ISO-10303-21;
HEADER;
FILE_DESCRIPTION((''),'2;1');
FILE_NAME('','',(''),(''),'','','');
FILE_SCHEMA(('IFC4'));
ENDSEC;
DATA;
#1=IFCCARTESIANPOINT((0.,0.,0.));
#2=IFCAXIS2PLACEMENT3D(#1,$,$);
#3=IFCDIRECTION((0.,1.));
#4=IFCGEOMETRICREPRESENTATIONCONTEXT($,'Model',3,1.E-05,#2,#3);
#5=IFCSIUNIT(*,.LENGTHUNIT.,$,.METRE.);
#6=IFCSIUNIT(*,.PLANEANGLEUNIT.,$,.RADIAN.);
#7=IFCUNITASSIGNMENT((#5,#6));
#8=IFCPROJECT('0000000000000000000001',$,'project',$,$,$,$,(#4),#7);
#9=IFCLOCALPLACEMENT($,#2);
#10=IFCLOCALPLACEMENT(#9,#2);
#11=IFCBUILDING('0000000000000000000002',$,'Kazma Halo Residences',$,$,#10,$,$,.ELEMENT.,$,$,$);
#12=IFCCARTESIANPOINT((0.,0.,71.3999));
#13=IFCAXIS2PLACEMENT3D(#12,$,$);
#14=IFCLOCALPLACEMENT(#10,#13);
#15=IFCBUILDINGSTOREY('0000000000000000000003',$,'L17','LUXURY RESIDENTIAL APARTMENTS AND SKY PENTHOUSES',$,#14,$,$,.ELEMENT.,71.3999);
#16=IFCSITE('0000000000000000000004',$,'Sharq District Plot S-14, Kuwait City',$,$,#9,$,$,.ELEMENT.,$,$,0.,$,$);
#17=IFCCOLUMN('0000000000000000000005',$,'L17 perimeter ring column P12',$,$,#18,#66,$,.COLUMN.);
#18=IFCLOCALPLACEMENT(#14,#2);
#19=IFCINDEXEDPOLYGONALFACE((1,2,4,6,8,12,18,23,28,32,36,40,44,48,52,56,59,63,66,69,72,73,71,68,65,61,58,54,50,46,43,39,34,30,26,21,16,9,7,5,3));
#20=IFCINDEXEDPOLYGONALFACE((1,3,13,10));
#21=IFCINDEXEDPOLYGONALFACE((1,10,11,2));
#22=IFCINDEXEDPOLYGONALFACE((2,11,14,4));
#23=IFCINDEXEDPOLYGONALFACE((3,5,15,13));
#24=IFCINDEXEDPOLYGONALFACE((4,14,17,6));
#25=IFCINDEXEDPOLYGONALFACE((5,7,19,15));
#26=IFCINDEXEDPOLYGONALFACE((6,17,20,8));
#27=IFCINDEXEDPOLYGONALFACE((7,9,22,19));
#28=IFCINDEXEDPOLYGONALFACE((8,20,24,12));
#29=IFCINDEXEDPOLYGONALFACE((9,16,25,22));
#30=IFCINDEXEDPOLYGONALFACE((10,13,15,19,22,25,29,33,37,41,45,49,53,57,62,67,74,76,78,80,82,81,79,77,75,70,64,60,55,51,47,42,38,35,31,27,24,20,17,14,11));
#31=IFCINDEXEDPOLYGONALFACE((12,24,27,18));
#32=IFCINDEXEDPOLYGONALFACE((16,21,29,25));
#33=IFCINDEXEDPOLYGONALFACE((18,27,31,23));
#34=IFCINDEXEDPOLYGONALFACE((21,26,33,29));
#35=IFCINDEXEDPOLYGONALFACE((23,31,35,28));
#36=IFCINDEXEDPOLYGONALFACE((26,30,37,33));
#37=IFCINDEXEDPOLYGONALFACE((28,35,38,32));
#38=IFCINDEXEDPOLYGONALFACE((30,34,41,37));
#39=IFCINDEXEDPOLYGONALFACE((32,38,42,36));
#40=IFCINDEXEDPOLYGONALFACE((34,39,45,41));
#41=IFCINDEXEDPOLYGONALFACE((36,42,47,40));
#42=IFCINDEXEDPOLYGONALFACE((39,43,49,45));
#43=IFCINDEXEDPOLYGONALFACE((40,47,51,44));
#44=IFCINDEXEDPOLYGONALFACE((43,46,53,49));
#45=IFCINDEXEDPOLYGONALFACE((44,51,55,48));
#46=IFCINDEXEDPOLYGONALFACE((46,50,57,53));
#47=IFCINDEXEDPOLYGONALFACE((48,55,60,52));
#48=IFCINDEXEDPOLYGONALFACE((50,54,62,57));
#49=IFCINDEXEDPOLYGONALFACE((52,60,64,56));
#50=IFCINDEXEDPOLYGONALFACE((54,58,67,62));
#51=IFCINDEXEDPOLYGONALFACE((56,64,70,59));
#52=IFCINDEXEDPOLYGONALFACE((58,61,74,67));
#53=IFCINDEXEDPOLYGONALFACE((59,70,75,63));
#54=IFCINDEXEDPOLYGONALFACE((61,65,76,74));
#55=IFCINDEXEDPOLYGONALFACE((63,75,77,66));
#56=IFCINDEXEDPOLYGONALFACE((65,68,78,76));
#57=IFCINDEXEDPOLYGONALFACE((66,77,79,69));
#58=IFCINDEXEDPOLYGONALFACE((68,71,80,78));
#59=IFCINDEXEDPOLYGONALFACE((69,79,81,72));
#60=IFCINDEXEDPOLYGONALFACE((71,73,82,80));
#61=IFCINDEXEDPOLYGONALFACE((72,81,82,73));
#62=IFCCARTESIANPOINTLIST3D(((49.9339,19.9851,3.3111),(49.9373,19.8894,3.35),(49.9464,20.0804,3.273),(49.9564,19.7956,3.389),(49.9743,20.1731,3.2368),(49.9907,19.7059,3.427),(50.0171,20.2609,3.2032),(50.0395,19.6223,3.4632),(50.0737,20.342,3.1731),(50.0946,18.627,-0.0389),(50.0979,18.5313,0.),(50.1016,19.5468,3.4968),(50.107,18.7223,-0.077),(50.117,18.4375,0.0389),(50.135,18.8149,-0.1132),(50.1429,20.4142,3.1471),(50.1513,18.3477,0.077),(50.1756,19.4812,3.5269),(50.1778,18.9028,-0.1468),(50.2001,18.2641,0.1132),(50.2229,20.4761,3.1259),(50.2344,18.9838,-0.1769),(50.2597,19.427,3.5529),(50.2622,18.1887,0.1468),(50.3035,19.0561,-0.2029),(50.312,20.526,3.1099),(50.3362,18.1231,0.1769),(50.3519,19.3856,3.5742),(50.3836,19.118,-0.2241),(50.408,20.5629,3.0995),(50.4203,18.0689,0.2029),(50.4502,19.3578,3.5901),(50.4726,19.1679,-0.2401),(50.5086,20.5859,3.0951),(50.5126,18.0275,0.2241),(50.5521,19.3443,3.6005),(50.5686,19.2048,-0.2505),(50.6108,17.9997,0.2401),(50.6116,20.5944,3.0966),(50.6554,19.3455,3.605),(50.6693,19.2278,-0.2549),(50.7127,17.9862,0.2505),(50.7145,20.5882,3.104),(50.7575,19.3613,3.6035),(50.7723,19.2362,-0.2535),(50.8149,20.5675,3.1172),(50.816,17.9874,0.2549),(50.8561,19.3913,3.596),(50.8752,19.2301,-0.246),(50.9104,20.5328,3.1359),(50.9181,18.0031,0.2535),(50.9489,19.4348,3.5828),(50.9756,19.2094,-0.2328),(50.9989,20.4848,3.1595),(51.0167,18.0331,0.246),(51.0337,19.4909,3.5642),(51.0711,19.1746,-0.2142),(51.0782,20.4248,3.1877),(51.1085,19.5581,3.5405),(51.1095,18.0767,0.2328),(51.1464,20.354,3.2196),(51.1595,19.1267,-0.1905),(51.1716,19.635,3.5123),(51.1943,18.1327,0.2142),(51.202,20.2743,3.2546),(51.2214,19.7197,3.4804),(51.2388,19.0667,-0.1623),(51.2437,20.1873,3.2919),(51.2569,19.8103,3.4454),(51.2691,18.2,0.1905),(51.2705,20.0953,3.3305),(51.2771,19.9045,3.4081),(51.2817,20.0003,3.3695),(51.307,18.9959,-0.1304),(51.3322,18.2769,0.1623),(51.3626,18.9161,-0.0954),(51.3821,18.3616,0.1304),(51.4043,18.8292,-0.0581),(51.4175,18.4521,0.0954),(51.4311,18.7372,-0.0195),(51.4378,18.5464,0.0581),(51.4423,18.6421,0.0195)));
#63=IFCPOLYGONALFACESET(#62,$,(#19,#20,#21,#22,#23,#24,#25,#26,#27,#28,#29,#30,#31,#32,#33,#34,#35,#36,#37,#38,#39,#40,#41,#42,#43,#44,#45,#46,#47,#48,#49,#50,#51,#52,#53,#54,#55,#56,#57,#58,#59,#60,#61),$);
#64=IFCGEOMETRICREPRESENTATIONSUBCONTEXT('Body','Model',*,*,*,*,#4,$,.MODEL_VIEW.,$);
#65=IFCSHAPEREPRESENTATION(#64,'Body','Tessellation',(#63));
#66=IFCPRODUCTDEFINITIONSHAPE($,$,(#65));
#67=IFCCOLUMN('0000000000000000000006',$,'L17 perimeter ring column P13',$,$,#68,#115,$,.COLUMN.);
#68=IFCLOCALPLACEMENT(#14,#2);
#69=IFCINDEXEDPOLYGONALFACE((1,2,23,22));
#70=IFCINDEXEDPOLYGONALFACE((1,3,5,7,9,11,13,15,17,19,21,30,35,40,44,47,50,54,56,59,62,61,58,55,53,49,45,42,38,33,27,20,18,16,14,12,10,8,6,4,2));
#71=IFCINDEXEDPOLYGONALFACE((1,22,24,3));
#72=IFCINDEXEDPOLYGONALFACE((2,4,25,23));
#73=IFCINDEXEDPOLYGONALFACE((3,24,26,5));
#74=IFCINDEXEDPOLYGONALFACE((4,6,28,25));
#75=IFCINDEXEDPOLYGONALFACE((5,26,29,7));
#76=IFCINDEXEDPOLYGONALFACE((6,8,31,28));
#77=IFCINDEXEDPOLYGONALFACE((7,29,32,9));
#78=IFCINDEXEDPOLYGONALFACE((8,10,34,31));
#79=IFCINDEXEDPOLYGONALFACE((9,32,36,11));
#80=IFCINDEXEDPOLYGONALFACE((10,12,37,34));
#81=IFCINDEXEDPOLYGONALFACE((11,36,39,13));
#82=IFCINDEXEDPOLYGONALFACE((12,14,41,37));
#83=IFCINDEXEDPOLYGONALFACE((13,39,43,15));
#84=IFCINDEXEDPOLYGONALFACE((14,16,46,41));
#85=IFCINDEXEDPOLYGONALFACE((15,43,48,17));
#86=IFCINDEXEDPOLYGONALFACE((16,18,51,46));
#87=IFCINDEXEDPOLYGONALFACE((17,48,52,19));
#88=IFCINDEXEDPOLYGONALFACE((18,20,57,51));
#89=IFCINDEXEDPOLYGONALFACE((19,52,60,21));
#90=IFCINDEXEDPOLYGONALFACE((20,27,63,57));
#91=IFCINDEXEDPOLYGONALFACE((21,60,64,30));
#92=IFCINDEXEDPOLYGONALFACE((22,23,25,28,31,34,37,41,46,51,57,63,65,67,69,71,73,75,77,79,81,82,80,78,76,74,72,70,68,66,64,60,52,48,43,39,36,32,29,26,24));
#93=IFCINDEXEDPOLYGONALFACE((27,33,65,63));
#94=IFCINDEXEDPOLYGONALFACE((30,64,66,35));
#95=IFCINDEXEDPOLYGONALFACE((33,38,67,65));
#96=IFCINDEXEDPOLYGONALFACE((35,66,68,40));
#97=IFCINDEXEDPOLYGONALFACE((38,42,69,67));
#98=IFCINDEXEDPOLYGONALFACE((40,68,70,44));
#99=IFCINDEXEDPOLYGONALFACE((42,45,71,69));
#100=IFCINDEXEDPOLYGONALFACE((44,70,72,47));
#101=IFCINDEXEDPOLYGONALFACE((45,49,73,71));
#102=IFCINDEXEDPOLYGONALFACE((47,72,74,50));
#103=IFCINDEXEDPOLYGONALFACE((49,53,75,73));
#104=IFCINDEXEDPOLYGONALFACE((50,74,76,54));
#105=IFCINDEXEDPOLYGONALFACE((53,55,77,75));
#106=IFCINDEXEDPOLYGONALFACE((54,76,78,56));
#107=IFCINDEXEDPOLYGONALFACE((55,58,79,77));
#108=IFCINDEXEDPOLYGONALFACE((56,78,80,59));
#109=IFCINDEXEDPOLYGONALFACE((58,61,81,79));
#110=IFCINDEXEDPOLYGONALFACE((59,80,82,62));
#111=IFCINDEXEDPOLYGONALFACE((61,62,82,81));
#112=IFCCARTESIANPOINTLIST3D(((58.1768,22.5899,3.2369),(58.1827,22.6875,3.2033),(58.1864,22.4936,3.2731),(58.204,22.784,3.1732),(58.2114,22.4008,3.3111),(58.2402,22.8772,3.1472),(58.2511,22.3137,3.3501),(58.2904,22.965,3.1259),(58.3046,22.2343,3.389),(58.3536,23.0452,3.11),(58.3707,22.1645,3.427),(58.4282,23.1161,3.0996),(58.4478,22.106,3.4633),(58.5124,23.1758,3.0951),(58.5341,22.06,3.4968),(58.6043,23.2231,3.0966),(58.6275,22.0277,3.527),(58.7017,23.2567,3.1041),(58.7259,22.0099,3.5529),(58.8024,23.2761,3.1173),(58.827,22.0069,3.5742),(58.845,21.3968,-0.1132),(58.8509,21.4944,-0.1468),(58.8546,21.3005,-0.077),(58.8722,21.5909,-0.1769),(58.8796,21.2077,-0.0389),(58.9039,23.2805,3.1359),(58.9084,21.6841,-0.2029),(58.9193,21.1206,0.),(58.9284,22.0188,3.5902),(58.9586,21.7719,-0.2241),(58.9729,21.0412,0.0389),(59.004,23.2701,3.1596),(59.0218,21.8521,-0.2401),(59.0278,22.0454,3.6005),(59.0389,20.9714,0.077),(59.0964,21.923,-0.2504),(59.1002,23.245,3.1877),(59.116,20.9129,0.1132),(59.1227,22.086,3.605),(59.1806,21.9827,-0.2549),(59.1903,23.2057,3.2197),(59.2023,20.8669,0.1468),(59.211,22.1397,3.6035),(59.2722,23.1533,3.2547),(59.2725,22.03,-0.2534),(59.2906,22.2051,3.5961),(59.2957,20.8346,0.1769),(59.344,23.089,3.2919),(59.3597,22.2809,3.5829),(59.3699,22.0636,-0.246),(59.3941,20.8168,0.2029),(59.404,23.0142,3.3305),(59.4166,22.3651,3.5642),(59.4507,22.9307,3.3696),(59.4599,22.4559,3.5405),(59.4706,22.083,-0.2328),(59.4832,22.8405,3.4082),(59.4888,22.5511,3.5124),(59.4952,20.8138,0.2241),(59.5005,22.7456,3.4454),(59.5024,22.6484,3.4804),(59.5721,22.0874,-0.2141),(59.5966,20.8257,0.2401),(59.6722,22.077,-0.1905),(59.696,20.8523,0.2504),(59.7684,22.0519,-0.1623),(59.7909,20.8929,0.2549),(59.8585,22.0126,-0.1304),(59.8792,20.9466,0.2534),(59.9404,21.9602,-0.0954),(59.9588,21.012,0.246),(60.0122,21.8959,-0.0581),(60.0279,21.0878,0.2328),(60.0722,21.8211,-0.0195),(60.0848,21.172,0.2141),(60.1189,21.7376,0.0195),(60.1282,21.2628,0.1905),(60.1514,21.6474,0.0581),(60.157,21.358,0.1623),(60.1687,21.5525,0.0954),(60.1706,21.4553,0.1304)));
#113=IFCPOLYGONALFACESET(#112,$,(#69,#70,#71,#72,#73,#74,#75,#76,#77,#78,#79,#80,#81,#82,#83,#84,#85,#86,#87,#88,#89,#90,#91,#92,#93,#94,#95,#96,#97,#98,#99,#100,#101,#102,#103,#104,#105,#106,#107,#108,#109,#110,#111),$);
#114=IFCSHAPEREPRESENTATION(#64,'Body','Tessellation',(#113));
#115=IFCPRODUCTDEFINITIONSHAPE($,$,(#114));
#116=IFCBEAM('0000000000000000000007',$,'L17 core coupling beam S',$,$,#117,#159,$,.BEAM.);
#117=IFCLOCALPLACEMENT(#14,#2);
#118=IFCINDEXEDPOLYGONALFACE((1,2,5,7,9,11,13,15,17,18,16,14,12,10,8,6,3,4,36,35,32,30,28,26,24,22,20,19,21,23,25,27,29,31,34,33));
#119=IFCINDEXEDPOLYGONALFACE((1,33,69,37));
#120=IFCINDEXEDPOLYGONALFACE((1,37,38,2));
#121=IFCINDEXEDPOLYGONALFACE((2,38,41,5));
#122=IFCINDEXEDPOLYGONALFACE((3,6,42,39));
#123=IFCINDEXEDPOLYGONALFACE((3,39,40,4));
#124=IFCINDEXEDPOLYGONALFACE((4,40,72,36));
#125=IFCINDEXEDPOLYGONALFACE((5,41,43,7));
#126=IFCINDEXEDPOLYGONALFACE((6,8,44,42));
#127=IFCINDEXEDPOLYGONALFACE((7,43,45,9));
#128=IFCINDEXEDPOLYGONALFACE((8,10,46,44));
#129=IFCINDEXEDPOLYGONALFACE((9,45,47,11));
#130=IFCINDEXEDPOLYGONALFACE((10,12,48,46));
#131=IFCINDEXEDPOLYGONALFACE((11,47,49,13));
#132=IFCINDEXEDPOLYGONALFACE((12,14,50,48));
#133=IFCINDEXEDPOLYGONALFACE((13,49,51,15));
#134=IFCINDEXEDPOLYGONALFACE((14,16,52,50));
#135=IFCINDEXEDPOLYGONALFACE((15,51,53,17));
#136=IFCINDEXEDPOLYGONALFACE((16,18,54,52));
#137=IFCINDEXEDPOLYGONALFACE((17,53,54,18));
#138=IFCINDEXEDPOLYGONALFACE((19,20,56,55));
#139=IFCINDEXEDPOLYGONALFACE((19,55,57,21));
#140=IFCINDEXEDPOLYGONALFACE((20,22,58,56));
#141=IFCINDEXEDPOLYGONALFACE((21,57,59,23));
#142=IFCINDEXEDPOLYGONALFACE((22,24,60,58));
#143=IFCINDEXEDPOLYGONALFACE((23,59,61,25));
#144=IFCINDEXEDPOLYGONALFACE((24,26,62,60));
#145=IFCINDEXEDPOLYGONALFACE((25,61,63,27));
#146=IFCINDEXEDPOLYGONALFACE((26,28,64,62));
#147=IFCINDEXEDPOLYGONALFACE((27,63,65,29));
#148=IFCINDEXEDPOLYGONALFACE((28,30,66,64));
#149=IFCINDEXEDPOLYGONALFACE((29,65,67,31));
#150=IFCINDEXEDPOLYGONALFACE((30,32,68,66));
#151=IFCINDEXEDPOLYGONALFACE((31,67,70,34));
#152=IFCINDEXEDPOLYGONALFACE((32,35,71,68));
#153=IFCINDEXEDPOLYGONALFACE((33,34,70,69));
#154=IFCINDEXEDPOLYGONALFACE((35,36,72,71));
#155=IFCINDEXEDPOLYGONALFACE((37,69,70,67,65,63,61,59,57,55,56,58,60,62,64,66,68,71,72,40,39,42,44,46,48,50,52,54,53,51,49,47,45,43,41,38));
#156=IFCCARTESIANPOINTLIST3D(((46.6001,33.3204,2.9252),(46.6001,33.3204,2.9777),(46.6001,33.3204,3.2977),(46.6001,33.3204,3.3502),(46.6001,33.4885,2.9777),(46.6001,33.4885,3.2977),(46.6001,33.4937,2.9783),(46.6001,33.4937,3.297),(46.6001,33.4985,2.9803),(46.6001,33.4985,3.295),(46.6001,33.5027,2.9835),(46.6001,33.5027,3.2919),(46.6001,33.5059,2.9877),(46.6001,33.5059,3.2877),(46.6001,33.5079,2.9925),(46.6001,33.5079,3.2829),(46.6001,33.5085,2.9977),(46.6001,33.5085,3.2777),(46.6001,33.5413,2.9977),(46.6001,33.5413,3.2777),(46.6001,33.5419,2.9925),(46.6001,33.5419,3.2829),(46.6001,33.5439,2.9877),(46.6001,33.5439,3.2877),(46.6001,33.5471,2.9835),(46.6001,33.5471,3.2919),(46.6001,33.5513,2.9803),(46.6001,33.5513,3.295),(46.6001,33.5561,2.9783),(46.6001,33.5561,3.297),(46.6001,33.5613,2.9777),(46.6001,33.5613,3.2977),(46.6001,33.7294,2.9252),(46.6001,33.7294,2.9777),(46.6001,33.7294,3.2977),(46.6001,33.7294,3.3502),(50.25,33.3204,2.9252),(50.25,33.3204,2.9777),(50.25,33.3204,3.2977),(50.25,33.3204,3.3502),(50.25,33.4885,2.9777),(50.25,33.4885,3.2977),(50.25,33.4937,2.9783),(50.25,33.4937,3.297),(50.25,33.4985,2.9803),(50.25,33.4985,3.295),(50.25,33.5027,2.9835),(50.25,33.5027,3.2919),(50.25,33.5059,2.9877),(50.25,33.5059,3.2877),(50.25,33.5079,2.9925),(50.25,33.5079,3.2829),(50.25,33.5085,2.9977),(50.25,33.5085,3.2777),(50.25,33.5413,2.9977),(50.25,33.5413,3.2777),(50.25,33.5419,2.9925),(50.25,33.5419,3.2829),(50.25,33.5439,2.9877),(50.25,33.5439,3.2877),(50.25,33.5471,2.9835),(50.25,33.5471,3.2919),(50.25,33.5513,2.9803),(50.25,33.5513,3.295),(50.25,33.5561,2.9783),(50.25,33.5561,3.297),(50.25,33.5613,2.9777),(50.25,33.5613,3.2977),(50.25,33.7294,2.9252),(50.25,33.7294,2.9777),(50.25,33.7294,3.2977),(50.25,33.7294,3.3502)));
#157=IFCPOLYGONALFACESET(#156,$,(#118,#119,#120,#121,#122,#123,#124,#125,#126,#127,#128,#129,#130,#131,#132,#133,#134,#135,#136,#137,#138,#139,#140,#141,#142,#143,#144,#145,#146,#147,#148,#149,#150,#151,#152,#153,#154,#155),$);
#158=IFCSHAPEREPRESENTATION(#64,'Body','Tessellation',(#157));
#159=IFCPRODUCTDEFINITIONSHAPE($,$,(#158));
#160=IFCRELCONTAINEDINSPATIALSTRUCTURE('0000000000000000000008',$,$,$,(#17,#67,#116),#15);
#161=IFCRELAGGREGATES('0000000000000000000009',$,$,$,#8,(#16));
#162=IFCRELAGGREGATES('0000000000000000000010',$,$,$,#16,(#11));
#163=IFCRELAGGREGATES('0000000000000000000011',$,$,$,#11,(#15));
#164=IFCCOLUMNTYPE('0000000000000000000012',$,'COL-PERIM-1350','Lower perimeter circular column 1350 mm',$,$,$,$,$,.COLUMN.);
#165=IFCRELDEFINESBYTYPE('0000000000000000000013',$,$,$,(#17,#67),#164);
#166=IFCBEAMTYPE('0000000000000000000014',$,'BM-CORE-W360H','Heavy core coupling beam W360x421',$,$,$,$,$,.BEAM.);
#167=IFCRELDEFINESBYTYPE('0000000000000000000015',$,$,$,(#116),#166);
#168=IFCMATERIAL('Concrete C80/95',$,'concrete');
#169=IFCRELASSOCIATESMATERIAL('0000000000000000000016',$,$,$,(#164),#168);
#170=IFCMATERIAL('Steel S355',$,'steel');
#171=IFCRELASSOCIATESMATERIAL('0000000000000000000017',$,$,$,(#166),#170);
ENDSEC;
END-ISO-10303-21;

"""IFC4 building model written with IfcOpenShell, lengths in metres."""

from ifc_helpers import new_model, si_unit, direction, frame, origin, origin_2d, place, context, subcontext, project, spatial, circle, i_section, extrude, material, material_profile, profile_set, type_object, element, save


model = new_model("IFC4")

# Units and contexts
model_context = context("Model", 3, precision=1e-05, world=origin(), true_north=direction((0.0, 1.0)))
body_context = subcontext(model_context, "Body", "Model", "MODEL_VIEW")
ifc_project = project(units=[si_unit("LENGTHUNIT", "METRE"), si_unit("PLANEANGLEUNIT", "RADIAN")], contexts=[model_context])

# Site, building, storey
site_placement = place(None, origin())
site = spatial("IfcSite", under=ifc_project, at=site_placement, Name="Sharq District Plot S-14, Kuwait City", CompositionType="ELEMENT", RefElevation=0.0)
building_placement = place(site_placement, origin())
building = spatial("IfcBuilding", under=site, at=building_placement, Name="Kazma Halo Residences", CompositionType="ELEMENT")
storey_placement = place(building_placement, frame((0.0, 0.0, 71.3999)))
storey = spatial("IfcBuildingStorey", under=building, at=storey_placement, Name="L17", Description="LUXURY RESIDENTIAL APARTMENTS AND SKY PENTHOUSES", CompositionType="ELEMENT", Elevation=71.3999)

# Columns
ifc_material_1 = material(Name="Concrete C80/95", Category="concrete")
ifc_material_profile_1 = material_profile(ifc_material_1, circle(Radius=0.675, at=origin_2d()), Name="CIRC1350")
ifc_profile_set_1 = profile_set([ifc_material_profile_1], Name="Concrete C80/95")
column_type = type_object("IfcColumnType", Name="COL-PERIM-1350", Description="Lower perimeter circular column 1350 mm", PredefinedType="COLUMN", material=ifc_profile_set_1)
for number, where, z_axis, x_axis, name in (
    (1, (50.7683, 18.6106, 0.0), (-0.044395, 0.375336, 0.925825), (-0.993077, -0.117463, 0.0), "L17 perimeter ring column P12"),
    (2, (59.5083, 21.4504, 0.0), (-0.184668, 0.329731, 0.925838), (-0.872485, -0.488641, 0.0), "L17 perimeter ring column P13"),
):
    element("IfcColumn", number, at=place(storey_placement, frame(where, z_axis=z_axis, x_axis=x_axis)), inside=storey, type_object=column_type, Name=name, PredefinedType="COLUMN", context=body_context, shape_type="SweptSolid", body=[
        extrude(circle(Radius=0.675, at=origin_2d()), origin(), (0.0, 0.0, 1.0), 3.6184),
    ])

# Beam
ifc_material_2 = material(Name="Steel S355", Category="steel")
ifc_material_profile_2 = material_profile(ifc_material_2, i_section(OverallWidth=0.4089, OverallDepth=0.425, WebThickness=0.0327, FlangeThickness=0.0525, FilletRadius=0.02, at=origin_2d()), Name="W360x421")
ifc_profile_set_2 = profile_set([ifc_material_profile_2], Name="Steel S355")
beam_type_1 = type_object("IfcBeamType", Name="BM-CORE-W360H", Description="Heavy core coupling beam W360x421", PredefinedType="BEAM", material=ifc_profile_set_2)
beam_1_placement = place(storey_placement, frame((46.6001, 33.5249, 3.1377), z_axis=(1.0, 0.0, 0.0), x_axis=(0.0, 1.0, 0.0)))
element("IfcBeam", 3, at=beam_1_placement, inside=storey, type_object=beam_type_1, Name="L17 core coupling beam S", PredefinedType="BEAM", context=body_context, shape_type="SweptSolid", body=[
    extrude(i_section(OverallWidth=0.4089, OverallDepth=0.425, WebThickness=0.0327, FlangeThickness=0.0525, FilletRadius=0.02, at=origin_2d()), origin(), (0.0, 0.0, 1.0), 3.6499),
])

save(model, "model.ifc")
